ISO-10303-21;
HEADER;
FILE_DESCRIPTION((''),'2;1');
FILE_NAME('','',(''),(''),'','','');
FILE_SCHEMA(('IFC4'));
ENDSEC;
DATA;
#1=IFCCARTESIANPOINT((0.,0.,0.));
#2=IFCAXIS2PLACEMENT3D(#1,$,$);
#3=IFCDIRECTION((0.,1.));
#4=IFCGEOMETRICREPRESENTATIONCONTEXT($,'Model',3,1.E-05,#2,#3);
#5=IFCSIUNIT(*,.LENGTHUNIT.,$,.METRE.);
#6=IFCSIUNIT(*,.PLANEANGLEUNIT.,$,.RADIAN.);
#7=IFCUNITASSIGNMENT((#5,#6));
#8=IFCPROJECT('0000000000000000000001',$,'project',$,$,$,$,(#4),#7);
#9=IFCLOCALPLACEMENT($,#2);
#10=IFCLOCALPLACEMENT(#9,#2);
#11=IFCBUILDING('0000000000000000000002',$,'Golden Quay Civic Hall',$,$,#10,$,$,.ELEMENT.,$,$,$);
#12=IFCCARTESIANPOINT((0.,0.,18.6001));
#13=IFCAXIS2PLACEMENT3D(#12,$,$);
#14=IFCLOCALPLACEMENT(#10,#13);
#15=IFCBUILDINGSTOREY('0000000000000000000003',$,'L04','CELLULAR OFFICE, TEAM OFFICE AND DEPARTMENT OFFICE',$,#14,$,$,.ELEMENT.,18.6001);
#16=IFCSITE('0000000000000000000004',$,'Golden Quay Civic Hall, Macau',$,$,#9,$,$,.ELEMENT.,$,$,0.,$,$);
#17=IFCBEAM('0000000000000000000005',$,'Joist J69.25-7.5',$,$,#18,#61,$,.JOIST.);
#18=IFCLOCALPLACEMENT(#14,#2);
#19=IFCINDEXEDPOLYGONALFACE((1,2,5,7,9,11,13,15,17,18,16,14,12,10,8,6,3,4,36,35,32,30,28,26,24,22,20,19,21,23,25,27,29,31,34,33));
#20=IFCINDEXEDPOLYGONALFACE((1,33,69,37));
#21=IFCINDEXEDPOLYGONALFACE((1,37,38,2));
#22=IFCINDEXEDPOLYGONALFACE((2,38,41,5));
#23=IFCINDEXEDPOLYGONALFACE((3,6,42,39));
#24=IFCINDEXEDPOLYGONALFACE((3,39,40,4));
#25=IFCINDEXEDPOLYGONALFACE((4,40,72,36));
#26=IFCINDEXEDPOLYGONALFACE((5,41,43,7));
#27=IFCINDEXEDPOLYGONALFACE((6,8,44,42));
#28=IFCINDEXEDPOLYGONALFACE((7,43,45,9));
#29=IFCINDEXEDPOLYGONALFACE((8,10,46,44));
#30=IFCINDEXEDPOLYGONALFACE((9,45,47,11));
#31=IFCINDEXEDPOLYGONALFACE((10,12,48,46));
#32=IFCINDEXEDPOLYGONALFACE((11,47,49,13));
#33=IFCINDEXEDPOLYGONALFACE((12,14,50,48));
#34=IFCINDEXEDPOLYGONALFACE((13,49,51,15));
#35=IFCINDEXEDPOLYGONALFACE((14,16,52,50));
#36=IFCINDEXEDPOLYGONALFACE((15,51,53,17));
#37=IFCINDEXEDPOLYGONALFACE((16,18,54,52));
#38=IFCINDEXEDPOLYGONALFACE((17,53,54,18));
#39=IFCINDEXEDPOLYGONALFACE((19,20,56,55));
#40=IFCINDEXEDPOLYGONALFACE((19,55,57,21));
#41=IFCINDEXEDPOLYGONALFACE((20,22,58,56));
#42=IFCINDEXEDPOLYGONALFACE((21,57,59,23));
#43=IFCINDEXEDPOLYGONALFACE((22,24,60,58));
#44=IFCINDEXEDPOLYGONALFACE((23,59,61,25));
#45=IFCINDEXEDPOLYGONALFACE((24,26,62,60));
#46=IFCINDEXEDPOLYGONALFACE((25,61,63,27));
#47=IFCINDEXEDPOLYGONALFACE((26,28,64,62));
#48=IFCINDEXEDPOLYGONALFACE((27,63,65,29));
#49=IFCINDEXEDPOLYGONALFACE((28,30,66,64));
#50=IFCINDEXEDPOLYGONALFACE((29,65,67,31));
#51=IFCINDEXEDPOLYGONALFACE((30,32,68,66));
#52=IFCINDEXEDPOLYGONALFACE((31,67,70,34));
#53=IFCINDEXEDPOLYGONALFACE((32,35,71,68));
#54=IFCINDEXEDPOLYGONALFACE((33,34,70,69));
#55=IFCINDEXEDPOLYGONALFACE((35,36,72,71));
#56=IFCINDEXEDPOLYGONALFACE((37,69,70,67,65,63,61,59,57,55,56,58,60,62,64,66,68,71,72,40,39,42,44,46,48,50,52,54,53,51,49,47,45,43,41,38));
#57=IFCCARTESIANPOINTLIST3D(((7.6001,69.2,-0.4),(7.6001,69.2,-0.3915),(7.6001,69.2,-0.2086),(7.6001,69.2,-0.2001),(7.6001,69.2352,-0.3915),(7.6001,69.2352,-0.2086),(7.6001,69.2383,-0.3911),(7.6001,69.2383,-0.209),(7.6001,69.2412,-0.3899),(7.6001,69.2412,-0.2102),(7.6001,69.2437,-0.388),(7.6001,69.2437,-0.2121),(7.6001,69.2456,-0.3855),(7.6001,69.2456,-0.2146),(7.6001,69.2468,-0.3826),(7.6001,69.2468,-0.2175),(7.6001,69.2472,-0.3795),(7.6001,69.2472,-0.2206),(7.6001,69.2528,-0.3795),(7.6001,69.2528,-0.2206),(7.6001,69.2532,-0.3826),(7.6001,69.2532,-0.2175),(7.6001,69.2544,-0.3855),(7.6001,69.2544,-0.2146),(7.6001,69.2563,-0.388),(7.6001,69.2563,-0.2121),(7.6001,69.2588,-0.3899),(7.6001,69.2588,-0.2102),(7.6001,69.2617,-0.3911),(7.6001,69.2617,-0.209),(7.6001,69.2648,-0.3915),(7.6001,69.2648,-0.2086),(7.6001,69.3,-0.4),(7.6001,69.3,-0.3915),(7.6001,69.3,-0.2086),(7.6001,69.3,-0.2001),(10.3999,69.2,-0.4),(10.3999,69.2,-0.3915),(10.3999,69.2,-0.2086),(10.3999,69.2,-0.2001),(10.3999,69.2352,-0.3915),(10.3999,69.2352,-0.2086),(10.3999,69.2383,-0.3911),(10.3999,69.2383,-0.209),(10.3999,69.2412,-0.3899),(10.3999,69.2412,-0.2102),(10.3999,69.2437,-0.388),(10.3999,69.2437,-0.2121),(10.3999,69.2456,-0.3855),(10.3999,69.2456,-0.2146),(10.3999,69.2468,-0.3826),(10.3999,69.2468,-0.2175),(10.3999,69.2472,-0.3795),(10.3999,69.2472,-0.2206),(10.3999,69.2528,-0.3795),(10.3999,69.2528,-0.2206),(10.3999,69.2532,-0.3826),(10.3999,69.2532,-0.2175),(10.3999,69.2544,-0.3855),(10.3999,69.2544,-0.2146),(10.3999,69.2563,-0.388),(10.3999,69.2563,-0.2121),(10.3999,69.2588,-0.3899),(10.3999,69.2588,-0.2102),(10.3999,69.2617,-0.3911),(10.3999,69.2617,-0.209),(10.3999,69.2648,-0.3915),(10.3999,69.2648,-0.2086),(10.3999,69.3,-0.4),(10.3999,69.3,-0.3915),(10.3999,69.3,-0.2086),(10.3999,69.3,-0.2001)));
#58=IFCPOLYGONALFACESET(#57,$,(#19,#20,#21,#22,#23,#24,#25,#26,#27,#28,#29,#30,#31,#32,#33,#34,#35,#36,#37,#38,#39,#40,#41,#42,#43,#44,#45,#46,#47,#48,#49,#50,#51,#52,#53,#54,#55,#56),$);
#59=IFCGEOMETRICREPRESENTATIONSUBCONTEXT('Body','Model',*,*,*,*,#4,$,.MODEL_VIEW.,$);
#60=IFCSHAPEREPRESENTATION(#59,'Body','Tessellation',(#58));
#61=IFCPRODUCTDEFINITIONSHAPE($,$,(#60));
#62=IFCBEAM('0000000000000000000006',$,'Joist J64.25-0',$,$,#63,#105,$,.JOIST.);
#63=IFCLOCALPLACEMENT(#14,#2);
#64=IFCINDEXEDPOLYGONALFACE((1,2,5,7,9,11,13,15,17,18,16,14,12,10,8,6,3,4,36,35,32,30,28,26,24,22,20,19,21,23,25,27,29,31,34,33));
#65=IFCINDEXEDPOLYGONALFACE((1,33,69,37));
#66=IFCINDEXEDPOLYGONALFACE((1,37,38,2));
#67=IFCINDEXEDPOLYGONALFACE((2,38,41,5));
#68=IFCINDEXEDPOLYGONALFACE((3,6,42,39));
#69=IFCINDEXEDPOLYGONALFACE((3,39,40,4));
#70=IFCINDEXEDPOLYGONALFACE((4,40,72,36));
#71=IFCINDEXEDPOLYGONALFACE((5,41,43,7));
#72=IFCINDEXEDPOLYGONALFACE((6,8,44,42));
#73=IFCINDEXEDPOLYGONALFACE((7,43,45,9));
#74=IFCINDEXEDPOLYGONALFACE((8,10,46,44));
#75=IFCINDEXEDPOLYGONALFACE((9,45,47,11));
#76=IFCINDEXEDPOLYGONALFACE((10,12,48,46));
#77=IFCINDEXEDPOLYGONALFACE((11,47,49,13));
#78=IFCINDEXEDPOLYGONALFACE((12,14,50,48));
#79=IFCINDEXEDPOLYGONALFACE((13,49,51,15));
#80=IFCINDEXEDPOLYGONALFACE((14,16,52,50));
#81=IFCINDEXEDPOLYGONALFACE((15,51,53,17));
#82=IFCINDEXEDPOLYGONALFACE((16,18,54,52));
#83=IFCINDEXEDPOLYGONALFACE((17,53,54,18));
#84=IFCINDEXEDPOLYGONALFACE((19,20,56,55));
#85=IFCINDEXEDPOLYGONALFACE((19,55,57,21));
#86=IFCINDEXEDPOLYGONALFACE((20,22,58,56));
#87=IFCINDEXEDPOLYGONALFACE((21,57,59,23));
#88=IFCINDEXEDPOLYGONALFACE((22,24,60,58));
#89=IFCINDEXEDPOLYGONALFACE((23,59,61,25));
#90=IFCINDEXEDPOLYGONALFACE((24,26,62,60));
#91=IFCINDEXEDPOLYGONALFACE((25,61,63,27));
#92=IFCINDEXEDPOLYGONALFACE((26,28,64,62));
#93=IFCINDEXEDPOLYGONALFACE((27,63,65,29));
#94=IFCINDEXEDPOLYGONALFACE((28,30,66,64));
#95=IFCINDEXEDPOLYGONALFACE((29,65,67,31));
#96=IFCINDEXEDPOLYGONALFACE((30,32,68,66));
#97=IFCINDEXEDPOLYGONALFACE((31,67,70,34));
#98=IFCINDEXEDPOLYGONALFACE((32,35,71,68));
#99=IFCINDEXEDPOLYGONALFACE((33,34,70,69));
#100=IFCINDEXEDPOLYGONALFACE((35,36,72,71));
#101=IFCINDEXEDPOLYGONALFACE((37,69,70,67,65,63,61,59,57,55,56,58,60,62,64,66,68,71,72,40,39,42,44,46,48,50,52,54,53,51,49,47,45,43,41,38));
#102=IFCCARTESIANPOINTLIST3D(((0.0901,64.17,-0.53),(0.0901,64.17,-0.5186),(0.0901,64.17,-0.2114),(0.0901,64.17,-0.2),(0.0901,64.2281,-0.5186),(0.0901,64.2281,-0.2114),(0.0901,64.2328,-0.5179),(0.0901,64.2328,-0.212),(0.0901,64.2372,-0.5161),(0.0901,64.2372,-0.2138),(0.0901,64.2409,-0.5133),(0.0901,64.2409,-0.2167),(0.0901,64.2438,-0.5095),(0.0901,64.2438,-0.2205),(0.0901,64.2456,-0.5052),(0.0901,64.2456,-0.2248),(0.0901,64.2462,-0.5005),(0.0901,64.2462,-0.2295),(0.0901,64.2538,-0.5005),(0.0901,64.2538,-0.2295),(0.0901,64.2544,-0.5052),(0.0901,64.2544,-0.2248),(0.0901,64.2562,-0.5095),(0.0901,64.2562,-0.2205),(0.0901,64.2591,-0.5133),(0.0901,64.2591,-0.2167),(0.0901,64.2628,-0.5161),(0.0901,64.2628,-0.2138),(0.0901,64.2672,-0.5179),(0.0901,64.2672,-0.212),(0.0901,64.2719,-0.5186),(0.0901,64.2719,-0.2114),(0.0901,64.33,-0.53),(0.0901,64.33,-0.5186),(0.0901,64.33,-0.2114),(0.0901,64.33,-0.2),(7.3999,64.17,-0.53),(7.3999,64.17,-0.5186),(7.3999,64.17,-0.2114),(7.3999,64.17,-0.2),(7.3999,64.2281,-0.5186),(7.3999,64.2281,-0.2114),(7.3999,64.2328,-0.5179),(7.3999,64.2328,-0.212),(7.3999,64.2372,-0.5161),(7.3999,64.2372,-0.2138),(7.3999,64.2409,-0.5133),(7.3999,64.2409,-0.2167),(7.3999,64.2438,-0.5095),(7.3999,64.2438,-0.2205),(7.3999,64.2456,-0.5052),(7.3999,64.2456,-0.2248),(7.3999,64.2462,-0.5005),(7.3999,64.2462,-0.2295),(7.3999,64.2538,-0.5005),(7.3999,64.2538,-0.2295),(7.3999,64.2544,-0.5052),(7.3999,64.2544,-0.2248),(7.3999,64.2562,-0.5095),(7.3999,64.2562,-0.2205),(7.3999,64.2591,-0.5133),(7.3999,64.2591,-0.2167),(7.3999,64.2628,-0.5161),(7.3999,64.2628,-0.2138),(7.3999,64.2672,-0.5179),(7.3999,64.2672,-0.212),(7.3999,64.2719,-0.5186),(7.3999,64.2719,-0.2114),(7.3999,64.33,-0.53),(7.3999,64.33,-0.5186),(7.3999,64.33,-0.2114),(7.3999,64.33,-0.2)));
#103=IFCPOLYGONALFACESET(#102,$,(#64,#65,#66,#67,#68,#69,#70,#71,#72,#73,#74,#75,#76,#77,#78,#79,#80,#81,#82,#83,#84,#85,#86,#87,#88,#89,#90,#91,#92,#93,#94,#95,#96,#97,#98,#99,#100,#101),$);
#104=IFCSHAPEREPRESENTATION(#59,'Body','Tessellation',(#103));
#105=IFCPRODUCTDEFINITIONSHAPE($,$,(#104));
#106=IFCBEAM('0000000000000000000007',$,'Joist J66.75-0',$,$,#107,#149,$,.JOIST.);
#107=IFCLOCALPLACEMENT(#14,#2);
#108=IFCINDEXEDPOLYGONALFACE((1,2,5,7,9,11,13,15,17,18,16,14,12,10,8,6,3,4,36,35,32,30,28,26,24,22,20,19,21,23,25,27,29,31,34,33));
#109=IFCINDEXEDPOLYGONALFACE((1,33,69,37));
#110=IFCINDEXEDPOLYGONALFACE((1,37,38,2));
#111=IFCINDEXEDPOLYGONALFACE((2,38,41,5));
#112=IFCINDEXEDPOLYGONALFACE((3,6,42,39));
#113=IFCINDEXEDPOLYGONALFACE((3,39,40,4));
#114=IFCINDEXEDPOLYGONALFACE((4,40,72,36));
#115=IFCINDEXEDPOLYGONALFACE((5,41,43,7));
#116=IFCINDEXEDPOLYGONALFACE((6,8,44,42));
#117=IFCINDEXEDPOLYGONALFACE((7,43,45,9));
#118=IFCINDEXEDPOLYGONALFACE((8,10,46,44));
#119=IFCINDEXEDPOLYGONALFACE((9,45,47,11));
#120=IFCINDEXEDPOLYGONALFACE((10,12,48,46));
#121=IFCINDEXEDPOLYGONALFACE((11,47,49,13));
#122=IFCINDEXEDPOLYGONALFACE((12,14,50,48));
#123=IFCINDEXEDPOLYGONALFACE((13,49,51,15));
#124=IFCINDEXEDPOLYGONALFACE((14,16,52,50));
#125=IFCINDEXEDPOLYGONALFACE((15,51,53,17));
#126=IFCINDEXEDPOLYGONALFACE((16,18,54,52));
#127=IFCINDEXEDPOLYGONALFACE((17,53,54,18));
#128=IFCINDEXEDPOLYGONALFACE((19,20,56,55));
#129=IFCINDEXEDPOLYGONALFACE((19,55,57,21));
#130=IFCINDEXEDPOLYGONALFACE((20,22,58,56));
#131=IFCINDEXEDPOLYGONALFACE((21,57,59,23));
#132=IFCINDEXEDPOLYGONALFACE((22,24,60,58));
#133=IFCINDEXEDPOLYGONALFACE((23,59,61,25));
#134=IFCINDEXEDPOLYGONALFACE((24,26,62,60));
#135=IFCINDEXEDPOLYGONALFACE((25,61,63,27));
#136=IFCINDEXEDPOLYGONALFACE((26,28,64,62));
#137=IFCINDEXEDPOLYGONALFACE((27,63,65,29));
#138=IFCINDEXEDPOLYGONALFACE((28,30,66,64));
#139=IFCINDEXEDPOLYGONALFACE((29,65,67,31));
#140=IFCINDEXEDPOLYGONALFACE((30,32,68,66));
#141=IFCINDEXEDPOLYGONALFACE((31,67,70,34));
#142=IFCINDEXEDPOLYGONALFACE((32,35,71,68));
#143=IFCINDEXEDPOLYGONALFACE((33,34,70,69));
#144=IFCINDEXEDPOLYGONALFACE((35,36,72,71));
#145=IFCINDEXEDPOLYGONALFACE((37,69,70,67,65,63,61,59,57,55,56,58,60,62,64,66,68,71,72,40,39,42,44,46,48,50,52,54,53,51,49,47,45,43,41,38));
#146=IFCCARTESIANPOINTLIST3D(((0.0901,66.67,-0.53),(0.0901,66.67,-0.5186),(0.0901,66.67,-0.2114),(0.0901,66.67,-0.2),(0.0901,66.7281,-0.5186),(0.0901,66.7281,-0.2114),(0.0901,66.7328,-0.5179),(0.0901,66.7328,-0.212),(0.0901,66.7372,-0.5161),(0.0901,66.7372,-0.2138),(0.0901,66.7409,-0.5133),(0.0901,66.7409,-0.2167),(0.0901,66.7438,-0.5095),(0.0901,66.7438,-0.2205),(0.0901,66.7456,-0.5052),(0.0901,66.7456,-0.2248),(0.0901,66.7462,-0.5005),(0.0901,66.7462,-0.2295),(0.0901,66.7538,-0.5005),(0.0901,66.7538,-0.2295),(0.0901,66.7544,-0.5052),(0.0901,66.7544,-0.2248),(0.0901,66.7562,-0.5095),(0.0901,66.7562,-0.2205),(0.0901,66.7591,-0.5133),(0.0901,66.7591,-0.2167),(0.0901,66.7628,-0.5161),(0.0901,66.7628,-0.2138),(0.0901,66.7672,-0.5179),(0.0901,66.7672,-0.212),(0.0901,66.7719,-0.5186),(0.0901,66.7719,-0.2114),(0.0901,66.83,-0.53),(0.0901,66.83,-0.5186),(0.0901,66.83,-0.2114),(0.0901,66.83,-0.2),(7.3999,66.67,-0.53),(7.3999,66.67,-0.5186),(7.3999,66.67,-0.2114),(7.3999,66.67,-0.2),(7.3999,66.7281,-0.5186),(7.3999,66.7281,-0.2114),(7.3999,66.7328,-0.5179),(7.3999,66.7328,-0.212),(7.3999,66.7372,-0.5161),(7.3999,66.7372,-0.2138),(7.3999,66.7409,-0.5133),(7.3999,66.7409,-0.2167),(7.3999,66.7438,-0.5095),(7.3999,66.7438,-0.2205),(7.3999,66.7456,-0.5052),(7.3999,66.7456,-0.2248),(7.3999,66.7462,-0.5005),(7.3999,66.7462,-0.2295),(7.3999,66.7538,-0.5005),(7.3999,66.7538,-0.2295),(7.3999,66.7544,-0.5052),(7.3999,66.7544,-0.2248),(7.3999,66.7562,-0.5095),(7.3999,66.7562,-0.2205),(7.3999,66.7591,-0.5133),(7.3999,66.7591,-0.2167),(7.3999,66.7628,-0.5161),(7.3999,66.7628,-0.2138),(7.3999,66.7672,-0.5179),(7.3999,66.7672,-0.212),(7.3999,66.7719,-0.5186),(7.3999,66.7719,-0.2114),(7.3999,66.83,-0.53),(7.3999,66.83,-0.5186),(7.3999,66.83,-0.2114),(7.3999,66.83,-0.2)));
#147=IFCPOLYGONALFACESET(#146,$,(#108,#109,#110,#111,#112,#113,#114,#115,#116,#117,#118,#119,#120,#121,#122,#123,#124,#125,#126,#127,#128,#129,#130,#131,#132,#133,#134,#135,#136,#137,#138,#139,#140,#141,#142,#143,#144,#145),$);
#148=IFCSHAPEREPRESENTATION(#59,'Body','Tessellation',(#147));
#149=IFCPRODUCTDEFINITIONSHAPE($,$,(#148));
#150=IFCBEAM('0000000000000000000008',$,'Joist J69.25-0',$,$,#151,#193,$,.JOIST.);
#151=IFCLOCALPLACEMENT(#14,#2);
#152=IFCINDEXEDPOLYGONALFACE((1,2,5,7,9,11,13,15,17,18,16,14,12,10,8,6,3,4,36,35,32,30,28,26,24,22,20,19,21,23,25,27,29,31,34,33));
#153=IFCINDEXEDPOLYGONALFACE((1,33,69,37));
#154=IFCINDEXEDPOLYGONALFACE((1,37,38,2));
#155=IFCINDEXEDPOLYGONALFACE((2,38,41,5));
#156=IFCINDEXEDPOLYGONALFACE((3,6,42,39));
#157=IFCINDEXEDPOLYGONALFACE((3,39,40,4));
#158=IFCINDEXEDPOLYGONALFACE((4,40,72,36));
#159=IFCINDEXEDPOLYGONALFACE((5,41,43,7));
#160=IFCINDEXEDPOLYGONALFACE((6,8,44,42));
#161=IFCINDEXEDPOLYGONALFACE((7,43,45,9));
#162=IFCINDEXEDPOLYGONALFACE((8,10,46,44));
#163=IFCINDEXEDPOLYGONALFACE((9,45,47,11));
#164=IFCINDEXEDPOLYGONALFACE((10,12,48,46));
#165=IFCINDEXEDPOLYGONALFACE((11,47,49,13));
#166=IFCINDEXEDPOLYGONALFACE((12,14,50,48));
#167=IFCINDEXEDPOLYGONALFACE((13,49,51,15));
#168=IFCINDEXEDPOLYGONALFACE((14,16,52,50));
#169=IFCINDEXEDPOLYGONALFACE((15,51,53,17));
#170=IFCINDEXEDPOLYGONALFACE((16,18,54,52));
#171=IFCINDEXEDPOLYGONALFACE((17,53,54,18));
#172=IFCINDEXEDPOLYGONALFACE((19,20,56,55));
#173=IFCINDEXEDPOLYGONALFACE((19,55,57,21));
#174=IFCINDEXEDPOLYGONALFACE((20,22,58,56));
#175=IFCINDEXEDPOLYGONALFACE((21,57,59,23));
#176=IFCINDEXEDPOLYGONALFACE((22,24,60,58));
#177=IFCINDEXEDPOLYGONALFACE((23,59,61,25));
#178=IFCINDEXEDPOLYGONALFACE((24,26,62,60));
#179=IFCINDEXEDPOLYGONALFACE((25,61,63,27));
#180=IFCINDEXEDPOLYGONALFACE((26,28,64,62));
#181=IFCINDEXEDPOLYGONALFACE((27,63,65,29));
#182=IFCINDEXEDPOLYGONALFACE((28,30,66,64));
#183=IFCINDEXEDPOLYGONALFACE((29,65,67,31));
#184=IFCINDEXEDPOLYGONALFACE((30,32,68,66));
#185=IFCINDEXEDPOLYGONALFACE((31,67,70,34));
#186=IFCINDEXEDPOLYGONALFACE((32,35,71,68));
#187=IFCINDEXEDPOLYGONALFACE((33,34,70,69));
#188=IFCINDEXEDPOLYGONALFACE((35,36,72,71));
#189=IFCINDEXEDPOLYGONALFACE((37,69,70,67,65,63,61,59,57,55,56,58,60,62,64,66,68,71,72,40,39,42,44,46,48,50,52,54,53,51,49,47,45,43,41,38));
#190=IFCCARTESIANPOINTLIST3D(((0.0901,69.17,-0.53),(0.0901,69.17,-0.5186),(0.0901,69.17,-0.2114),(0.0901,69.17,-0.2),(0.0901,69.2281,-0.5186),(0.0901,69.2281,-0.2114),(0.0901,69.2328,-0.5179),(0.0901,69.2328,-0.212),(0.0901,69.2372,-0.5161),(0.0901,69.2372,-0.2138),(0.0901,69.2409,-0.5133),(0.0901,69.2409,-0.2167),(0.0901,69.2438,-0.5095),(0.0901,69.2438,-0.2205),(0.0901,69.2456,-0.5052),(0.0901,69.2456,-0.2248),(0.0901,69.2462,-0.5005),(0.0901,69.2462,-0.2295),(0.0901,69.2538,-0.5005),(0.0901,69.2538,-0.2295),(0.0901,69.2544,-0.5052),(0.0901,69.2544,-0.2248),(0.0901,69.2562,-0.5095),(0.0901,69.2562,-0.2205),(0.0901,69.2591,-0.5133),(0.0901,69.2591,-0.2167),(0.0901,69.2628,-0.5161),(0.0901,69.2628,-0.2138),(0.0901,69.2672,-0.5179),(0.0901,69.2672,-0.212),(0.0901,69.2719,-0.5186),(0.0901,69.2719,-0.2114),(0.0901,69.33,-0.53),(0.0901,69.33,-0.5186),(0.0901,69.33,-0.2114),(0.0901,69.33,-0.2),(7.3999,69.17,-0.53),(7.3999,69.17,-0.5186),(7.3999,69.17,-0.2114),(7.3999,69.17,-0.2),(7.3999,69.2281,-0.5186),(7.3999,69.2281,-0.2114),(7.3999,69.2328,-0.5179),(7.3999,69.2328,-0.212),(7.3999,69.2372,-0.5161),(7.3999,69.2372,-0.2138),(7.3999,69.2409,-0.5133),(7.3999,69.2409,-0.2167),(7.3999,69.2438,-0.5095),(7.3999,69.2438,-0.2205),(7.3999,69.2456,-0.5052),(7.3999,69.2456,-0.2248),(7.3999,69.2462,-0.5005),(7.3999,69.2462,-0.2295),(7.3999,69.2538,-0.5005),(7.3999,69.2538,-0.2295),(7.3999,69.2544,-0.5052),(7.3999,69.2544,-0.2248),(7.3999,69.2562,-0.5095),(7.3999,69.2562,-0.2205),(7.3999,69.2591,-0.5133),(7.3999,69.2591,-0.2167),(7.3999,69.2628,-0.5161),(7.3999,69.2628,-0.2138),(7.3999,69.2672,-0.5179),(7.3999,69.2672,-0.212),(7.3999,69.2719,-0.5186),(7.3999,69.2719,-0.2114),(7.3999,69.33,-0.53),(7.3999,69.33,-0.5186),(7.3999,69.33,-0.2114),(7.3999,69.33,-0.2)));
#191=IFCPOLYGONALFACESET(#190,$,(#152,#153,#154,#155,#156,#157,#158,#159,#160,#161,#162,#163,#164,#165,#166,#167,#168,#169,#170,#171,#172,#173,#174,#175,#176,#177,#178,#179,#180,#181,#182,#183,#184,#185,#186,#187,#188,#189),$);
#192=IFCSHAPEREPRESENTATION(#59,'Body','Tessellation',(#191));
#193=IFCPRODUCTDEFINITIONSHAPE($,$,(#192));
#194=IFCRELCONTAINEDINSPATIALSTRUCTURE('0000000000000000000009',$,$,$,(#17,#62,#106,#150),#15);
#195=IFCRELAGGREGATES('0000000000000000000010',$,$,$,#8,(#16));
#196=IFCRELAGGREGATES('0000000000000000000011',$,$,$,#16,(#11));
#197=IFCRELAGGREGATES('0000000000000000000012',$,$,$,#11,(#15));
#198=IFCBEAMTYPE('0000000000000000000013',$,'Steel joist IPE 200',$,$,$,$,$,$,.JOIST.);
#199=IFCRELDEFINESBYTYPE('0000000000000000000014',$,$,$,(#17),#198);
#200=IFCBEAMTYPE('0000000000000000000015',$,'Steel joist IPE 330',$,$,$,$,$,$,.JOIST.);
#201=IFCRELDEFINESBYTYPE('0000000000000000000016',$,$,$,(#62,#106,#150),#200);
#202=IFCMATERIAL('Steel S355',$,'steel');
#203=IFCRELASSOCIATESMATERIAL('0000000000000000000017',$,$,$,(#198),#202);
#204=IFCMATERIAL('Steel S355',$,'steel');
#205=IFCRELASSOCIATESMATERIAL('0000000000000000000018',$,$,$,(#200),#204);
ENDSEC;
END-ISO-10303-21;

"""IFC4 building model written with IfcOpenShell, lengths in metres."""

from ifc_helpers import new_model, si_unit, direction, frame, origin, origin_2d, place, context, subcontext, project, spatial, i_section, extrude, material, material_profile, profile_set, type_object, element, save


model = new_model("IFC4")

# Units and contexts
model_context = context("Model", 3, precision=1e-05, world=origin(), true_north=direction((0.0, 1.0)))
body_context = subcontext(model_context, "Body", "Model", "MODEL_VIEW")
ifc_project = project(units=[si_unit("LENGTHUNIT", "METRE"), si_unit("PLANEANGLEUNIT", "RADIAN")], contexts=[model_context])

# Site, building, storey
site_placement = place(None, origin())
site = spatial("IfcSite", under=ifc_project, at=site_placement, Name="Golden Quay Civic Hall, Macau", CompositionType="ELEMENT", RefElevation=0.0)
building_placement = place(site_placement, origin())
building = spatial("IfcBuilding", under=site, at=building_placement, Name="Golden Quay Civic Hall", CompositionType="ELEMENT")
storey_placement = place(building_placement, frame((0.0, 0.0, 18.6001)))
storey = spatial("IfcBuildingStorey", under=building, at=storey_placement, Name="L04", Description="CELLULAR OFFICE, TEAM OFFICE AND DEPARTMENT OFFICE", CompositionType="ELEMENT", Elevation=18.6001)

# Beams
ifc_material_1 = material(Name="Steel S355", Category="steel")
ifc_material_profile_1 = material_profile(ifc_material_1, i_section(OverallWidth=0.1001, OverallDepth=0.2, WebThickness=0.0056, FlangeThickness=0.0085, FilletRadius=0.012, at=origin_2d()), Name="IPE 200")
ifc_profile_set_1 = profile_set([ifc_material_profile_1], Name="Steel S355")
beam_type_1 = type_object("IfcBeamType", Name="Steel joist IPE 200", PredefinedType="JOIST", material=ifc_profile_set_1)
for number, where, z_axis, x_axis, name in (
    (1, (7.6001, 69.25, -0.3), (1.0, 0.0, 0.0), (0.0, 1.0, 0.0), "Joist J69.25-7.5"),
):
    element("IfcBeam", number, at=place(storey_placement, frame(where, z_axis=z_axis, x_axis=x_axis)), inside=storey, type_object=beam_type_1, Name=name, PredefinedType="JOIST", context=body_context, shape_type="SweptSolid", body=[
        extrude(i_section(OverallWidth=0.1001, OverallDepth=0.2, WebThickness=0.0056, FlangeThickness=0.0085, FilletRadius=0.012, at=origin_2d()), origin(), (0.0, 0.0, 1.0), 2.7998),
    ])
ifc_material_2 = material(Name="Steel S355", Category="steel")
ifc_material_profile_2 = material_profile(ifc_material_2, i_section(OverallWidth=0.1599, OverallDepth=0.3301, WebThickness=0.0076, FlangeThickness=0.0115, FilletRadius=0.0181, at=origin_2d()), Name="IPE 330")
ifc_profile_set_2 = profile_set([ifc_material_profile_2], Name="Steel S355")
beam_type_2 = type_object("IfcBeamType", Name="Steel joist IPE 330", PredefinedType="JOIST", material=ifc_profile_set_2)
for number, where, z_axis, x_axis, name in (
    (2, (0.0901, 64.25, -0.365), (1.0, 0.0, 0.0), (0.0, 1.0, 0.0), "Joist J64.25-0"),
    (3, (0.0901, 66.75, -0.365), (1.0, 0.0, 0.0), (0.0, 1.0, 0.0), "Joist J66.75-0"),
    (4, (0.0901, 69.25, -0.365), (1.0, 0.0, 0.0), (0.0, 1.0, 0.0), "Joist J69.25-0"),
):
    element("IfcBeam", number, at=place(storey_placement, frame(where, z_axis=z_axis, x_axis=x_axis)), inside=storey, type_object=beam_type_2, Name=name, PredefinedType="JOIST", context=body_context, shape_type="SweptSolid", body=[
        extrude(i_section(OverallWidth=0.1599, OverallDepth=0.3301, WebThickness=0.0076, FlangeThickness=0.0115, FilletRadius=0.0181, at=origin_2d()), origin(), (0.0, 0.0, 1.0), 7.3098),
    ])

save(model, "model.ifc")
